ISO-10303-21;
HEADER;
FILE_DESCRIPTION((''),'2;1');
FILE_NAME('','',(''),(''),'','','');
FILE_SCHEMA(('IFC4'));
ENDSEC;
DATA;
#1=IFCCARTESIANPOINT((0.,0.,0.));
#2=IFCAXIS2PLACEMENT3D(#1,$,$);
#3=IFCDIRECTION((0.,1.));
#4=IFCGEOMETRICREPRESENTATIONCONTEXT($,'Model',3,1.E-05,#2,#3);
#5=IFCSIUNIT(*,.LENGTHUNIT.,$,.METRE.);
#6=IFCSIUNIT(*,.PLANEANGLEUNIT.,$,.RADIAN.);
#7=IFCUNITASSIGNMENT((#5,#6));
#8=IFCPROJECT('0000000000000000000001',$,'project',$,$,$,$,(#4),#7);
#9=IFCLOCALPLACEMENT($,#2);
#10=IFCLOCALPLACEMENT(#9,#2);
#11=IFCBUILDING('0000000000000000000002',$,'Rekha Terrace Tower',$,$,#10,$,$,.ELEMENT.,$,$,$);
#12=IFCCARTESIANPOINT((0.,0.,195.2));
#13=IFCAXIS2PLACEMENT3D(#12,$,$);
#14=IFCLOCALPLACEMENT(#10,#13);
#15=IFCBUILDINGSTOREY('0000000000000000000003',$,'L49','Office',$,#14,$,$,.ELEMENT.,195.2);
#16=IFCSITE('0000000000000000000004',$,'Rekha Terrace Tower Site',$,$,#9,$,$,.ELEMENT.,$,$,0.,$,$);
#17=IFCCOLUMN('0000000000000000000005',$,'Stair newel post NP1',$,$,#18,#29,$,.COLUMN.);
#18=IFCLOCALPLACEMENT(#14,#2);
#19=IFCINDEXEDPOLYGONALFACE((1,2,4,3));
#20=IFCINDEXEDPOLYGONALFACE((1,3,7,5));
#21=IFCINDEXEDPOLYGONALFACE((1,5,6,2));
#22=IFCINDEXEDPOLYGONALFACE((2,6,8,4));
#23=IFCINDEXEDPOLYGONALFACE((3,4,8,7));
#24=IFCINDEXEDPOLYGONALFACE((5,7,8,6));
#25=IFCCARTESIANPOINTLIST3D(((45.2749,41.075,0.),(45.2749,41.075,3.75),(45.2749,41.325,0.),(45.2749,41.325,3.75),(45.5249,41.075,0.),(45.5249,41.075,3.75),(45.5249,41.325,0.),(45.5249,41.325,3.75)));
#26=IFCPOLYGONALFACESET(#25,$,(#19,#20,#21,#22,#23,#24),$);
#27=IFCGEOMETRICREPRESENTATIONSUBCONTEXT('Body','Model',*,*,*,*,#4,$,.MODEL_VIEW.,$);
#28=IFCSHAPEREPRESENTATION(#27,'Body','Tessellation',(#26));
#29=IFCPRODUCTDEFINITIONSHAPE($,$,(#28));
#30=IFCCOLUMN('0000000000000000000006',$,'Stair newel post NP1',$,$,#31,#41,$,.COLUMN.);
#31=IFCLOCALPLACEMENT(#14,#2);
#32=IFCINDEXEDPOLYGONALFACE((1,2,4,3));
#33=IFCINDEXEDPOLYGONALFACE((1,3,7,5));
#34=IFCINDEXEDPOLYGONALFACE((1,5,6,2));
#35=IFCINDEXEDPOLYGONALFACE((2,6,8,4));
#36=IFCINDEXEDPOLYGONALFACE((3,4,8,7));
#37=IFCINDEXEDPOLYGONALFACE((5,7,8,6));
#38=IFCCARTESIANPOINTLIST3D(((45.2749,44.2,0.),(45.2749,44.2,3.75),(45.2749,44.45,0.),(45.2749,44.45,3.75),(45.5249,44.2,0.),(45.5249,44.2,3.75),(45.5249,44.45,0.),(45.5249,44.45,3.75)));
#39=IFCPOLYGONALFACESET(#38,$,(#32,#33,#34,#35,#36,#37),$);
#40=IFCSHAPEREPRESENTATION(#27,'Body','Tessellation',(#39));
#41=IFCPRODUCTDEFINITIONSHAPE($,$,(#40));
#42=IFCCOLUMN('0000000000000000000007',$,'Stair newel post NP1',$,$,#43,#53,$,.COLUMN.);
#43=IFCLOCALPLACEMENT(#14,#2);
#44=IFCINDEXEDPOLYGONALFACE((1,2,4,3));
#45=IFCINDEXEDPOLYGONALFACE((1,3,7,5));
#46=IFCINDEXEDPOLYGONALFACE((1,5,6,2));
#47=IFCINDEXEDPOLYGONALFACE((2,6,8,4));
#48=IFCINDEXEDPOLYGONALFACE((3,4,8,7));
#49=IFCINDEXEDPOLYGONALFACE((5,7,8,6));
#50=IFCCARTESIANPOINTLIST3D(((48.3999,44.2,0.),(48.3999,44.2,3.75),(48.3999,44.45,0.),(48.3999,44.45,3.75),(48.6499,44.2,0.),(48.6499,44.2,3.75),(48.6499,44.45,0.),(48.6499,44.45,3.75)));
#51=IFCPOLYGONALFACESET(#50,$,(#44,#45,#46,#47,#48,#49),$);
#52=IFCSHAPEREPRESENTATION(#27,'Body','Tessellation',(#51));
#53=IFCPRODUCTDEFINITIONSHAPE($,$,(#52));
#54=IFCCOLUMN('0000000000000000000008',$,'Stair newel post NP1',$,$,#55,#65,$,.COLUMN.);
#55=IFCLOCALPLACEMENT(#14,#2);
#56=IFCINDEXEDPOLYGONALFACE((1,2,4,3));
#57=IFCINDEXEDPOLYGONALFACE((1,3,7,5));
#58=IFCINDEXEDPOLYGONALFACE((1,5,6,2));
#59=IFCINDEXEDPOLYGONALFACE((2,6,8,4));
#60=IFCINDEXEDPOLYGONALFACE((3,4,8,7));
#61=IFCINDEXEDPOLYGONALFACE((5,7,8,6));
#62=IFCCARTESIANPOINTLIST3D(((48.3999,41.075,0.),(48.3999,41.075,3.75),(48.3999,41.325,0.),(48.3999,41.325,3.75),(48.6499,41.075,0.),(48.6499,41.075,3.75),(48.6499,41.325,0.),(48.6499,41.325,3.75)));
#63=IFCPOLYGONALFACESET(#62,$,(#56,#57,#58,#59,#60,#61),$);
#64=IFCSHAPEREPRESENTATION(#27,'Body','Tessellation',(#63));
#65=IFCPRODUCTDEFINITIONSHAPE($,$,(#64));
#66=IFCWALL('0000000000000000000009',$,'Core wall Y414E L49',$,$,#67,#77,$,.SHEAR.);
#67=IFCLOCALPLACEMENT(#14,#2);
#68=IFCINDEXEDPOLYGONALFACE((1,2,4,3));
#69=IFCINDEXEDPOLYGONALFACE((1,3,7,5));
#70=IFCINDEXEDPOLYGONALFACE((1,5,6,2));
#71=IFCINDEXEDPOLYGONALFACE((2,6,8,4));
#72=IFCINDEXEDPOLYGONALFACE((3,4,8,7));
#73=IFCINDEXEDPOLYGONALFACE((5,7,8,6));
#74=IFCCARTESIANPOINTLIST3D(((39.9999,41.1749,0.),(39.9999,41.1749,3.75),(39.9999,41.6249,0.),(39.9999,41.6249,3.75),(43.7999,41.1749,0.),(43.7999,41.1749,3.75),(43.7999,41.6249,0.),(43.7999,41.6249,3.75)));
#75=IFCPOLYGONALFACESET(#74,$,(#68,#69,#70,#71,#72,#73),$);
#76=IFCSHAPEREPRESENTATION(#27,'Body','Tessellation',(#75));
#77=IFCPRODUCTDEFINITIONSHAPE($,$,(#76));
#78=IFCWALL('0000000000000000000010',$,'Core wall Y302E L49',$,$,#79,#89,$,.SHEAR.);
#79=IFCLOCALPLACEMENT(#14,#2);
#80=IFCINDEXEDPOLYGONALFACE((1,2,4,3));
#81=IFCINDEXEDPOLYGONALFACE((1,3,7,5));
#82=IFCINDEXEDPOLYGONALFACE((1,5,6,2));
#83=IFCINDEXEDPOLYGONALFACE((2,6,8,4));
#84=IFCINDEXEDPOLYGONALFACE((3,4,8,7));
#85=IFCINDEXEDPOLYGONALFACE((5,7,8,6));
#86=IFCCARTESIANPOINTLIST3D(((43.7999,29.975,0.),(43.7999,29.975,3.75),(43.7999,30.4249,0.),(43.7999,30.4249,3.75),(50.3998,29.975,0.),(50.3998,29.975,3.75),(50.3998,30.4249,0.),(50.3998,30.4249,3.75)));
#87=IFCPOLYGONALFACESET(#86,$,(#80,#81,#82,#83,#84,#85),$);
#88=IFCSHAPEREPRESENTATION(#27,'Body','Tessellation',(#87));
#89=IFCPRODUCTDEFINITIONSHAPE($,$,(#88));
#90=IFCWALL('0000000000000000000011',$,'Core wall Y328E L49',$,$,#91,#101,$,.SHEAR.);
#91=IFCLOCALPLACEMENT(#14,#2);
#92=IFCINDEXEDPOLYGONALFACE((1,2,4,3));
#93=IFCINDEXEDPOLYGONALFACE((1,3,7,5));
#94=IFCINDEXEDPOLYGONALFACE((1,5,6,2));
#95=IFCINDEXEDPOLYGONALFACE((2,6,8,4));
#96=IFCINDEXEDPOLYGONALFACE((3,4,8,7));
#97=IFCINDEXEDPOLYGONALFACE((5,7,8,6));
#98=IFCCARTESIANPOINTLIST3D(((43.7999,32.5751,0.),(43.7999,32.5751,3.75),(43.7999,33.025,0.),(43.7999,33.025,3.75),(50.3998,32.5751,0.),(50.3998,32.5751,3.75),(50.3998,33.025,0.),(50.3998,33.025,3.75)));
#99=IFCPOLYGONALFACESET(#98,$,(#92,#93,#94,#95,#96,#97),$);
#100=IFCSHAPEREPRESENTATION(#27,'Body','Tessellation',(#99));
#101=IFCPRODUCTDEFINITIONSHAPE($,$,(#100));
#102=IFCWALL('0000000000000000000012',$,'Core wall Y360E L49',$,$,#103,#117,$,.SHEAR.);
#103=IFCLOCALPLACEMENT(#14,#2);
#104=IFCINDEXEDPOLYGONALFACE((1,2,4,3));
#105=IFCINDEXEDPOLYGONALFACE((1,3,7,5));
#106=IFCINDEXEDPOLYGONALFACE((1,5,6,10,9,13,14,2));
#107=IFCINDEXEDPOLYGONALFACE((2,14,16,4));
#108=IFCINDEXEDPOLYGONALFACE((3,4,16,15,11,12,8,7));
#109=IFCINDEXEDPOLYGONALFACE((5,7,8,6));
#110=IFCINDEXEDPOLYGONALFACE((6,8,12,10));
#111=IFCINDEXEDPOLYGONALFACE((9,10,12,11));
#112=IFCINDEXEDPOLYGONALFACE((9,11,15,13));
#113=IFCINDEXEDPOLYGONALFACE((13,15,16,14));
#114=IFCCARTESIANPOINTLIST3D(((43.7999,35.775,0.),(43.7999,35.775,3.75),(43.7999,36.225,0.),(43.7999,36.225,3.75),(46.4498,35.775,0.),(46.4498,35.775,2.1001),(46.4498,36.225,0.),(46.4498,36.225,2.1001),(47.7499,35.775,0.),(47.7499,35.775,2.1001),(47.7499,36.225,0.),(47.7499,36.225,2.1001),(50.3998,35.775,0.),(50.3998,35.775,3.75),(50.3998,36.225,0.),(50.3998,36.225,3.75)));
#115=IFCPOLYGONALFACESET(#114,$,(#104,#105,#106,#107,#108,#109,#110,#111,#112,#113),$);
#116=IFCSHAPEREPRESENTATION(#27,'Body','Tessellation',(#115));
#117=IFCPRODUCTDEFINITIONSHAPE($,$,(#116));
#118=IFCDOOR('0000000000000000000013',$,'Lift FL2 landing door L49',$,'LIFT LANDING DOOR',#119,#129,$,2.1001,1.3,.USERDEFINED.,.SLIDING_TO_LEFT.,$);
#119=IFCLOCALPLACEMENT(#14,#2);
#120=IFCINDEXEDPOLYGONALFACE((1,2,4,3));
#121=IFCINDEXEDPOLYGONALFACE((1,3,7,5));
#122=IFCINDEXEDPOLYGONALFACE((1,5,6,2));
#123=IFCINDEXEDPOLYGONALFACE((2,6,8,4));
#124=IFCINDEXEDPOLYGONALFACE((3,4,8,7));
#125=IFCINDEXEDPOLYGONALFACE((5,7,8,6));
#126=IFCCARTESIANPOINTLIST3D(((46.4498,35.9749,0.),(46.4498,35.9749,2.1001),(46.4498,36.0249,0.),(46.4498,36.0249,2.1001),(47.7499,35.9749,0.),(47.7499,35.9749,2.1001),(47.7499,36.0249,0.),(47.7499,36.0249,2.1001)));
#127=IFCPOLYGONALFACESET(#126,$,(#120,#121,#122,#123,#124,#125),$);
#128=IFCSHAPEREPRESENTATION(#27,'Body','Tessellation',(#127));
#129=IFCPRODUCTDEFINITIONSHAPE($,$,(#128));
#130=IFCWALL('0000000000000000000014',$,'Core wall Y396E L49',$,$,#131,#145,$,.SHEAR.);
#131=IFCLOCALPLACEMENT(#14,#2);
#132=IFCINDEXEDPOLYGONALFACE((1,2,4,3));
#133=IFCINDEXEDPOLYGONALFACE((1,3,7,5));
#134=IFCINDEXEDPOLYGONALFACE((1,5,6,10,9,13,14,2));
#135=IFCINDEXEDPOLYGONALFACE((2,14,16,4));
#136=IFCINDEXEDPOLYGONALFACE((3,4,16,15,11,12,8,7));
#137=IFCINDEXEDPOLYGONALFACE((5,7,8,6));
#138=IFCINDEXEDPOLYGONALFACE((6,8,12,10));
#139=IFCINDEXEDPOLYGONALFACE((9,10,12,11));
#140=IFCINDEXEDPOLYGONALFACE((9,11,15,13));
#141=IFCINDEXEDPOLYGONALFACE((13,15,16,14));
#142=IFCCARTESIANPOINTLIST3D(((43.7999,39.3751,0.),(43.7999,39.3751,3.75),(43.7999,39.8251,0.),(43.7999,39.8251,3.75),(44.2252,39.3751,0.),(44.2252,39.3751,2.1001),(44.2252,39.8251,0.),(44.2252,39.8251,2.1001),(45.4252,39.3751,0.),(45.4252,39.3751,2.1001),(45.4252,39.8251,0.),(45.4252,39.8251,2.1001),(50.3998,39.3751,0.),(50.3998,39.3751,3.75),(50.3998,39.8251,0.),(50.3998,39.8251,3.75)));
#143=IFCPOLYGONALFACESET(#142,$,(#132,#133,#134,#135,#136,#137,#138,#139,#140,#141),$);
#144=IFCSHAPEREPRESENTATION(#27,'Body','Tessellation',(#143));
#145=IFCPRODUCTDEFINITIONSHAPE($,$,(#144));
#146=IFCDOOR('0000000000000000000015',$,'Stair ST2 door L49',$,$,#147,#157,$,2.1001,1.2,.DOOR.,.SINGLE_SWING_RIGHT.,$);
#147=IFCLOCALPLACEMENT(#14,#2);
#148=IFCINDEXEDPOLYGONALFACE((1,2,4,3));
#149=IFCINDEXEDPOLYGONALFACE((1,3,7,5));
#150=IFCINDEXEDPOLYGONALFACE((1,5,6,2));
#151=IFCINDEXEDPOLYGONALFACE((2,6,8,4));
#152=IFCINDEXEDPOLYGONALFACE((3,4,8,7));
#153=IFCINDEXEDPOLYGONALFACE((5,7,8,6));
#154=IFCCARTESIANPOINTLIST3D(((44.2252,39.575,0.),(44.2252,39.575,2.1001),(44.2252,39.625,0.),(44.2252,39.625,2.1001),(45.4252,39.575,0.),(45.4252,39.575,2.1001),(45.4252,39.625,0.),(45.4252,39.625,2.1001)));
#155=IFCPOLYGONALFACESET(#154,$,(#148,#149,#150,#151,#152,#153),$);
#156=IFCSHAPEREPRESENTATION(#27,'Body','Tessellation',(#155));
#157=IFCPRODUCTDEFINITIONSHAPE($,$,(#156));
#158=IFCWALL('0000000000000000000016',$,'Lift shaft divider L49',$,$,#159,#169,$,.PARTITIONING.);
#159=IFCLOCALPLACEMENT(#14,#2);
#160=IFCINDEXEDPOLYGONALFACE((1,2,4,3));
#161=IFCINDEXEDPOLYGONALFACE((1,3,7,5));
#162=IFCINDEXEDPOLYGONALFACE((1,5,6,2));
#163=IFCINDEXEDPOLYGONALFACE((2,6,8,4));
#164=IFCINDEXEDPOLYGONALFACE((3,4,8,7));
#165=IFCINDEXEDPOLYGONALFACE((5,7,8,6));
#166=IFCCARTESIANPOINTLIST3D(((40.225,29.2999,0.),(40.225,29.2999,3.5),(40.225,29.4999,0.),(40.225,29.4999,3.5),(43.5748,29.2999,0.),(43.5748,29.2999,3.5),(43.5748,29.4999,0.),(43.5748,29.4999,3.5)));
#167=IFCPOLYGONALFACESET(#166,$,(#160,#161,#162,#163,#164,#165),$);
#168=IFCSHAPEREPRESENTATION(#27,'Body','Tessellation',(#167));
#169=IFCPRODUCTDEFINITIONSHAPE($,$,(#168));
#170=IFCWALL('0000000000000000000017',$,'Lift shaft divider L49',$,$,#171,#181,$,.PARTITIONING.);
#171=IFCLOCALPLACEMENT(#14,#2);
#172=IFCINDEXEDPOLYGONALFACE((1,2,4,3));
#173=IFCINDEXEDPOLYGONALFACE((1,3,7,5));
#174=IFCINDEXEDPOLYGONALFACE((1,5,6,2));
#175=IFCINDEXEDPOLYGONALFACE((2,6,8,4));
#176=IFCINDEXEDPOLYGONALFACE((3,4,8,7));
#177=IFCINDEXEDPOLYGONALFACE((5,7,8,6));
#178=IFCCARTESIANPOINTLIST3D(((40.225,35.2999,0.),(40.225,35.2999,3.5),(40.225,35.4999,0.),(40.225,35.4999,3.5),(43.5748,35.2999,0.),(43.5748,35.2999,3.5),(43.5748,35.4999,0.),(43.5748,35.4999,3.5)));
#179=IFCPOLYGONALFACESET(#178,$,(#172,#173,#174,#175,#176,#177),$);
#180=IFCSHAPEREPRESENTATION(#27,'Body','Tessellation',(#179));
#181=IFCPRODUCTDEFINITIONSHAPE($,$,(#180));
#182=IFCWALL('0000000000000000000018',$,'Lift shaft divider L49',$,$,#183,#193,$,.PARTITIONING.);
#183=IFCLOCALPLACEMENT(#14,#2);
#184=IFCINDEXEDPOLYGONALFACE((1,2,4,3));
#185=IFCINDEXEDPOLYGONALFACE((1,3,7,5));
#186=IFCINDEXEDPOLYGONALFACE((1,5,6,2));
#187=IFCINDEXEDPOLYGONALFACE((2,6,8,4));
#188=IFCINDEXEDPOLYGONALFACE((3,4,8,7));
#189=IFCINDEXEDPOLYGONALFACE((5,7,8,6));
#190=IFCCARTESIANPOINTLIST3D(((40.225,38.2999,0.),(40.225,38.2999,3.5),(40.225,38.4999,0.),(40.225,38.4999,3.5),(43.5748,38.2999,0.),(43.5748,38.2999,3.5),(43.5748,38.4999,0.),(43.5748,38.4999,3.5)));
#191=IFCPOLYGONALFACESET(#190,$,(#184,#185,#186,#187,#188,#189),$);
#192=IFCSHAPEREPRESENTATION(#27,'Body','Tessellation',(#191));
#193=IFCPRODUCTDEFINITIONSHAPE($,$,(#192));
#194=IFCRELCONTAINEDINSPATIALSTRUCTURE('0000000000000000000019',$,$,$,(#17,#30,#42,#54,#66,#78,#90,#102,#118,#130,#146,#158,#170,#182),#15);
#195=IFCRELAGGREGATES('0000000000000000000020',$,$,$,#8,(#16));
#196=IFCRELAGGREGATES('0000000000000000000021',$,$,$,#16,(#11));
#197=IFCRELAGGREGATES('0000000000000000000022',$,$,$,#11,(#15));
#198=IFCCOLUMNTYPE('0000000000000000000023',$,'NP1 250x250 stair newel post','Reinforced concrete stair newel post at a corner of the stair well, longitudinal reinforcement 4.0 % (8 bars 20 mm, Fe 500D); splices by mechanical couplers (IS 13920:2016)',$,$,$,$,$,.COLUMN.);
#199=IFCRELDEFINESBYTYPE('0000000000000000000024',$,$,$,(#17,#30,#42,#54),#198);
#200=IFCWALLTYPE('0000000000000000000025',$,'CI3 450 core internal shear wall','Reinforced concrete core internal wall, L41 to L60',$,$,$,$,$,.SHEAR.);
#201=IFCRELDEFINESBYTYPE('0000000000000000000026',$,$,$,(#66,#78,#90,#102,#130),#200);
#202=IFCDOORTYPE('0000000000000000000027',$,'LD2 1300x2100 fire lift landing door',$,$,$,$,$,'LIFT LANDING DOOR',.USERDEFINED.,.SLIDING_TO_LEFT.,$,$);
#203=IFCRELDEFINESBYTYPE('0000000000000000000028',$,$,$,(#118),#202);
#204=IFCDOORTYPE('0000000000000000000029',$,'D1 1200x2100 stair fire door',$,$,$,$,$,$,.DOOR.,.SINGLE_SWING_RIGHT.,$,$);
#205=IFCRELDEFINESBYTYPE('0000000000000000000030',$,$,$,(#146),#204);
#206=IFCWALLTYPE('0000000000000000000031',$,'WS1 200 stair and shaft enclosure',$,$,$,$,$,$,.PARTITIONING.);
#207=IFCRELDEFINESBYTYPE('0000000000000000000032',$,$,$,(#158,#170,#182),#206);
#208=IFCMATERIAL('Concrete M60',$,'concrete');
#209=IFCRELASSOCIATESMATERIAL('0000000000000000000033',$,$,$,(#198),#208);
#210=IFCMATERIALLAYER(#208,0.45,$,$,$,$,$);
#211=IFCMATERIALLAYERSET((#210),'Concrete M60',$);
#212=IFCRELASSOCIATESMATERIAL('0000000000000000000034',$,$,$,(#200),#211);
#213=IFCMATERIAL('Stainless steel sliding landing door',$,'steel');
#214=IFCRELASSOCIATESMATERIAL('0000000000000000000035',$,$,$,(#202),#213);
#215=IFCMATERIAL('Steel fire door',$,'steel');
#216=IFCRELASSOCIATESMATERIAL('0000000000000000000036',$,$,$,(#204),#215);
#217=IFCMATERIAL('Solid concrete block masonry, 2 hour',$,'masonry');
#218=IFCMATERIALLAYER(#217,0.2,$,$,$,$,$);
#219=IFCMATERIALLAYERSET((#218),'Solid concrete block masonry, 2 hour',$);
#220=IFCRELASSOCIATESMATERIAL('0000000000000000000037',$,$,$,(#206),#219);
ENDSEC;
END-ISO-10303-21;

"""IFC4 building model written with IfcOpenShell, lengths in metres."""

from ifc_helpers import new_model, si_unit, direction, frame, frame_2d, origin, origin_2d, place, context, subcontext, project, spatial, rectangle, extrude, material, layer, layer_set, material_profile, profile_set, type_object, element, fill, save


model = new_model("IFC4")

# Units and contexts
model_context = context("Model", 3, precision=1e-05, world=origin(), true_north=direction((0.0, 1.0)))
body_context = subcontext(model_context, "Body", "Model", "MODEL_VIEW")
ifc_project = project(units=[si_unit("LENGTHUNIT", "METRE"), si_unit("PLANEANGLEUNIT", "RADIAN")], contexts=[model_context])

# Site, building, storey
site_placement = place(None, origin())
site = spatial("IfcSite", under=ifc_project, at=site_placement, Name="Rekha Terrace Tower Site", CompositionType="ELEMENT", RefElevation=0.0)
building_placement = place(site_placement, origin())
building = spatial("IfcBuilding", under=site, at=building_placement, Name="Rekha Terrace Tower", CompositionType="ELEMENT")
storey_placement = place(building_placement, frame((0.0, 0.0, 195.2)))
storey = spatial("IfcBuildingStorey", under=building, at=storey_placement, Name="L49", Description="Office", CompositionType="ELEMENT", Elevation=195.2)

# Columns
ifc_material_1 = material(Name="Concrete M60", Category="concrete")
ifc_material_profile = material_profile(ifc_material_1, rectangle(XDim=0.25, YDim=0.25, at=origin_2d()), Name="RC 250x250")
ifc_profile_set = profile_set([ifc_material_profile], Name="Concrete M60")
column_type = type_object("IfcColumnType", Name="NP1 250x250 stair newel post", Description="Reinforced concrete stair newel post at a corner of the stair well, longitudinal reinforcement 4.0 % (8 bars 20 mm, Fe 500D); splices by mechanical couplers (IS 13920:2016)", PredefinedType="COLUMN", material=ifc_profile_set)
for number, where, z_axis, x_axis, name in (
    (1, (45.3999, 41.2, 0.0), (0.0, 0.0, 1.0), (1.0, 0.0, 0.0), "Stair newel post NP1"),
    (2, (45.3999, 44.325, 0.0), (0.0, 0.0, 1.0), (1.0, 0.0, 0.0), "Stair newel post NP1"),
    (3, (48.5249, 44.325, 0.0), (0.0, 0.0, 1.0), (1.0, 0.0, 0.0), "Stair newel post NP1"),
    (4, (48.5249, 41.2, 0.0), (0.0, 0.0, 1.0), (1.0, 0.0, 0.0), "Stair newel post NP1"),
):
    element("IfcColumn", number, at=place(storey_placement, frame(where, z_axis=z_axis, x_axis=x_axis)), inside=storey, type_object=column_type, Name=name, PredefinedType="COLUMN", context=body_context, shape_type="SweptSolid", body=[
        extrude(rectangle(XDim=0.25, YDim=0.25, at=origin_2d()), origin(), (0.0, 0.0, 1.0), 3.75),
    ])

# Walls
ifc_layer_1 = layer(ifc_material_1, 0.45)
ifc_layer_set_1 = layer_set([ifc_layer_1], Name="Concrete M60")
wall_type_1 = type_object("IfcWallType", Name="CI3 450 core internal shear wall", Description="Reinforced concrete core internal wall, L41 to L60", PredefinedType="SHEAR", material=ifc_layer_set_1)
wall_1_placement = place(storey_placement, frame((40.0, 41.3999, 0.0), z_axis=(0.0, 0.0, 1.0), x_axis=(1.0, 0.0, 0.0)))
element("IfcWall", 5, at=wall_1_placement, inside=storey, type_object=wall_type_1, Name="Core wall Y414E L49", PredefinedType="SHEAR", context=body_context, shape_type="SweptSolid", body=[
    extrude(rectangle(XDim=3.8, YDim=0.45, at=frame_2d((1.8999, 0.0))), origin(), (0.0, 0.0, 1.0), 3.75),
])
for number, where, z_axis, x_axis, name in (
    (6, (43.8, 30.2, 0.0), (0.0, 0.0, 1.0), (1.0, 0.0, 0.0), "Core wall Y302E L49"),
    (7, (43.8, 32.8, 0.0), (0.0, 0.0, 1.0), (1.0, 0.0, 0.0), "Core wall Y328E L49"),
):
    element("IfcWall", number, at=place(storey_placement, frame(where, z_axis=z_axis, x_axis=x_axis)), inside=storey, type_object=wall_type_1, Name=name, PredefinedType="SHEAR", context=body_context, shape_type="SweptSolid", body=[
        extrude(rectangle(XDim=6.5999, YDim=0.45, at=frame_2d((3.2998, 0.0))), origin(), (0.0, 0.0, 1.0), 3.75),
    ])

# Walls, openings, doors
wall_2_placement = place(storey_placement, frame((43.8, 36.0, 0.0), z_axis=(0.0, 0.0, 1.0), x_axis=(1.0, 0.0, 0.0)))
wall_2 = element("IfcWall", 8, at=wall_2_placement, inside=storey, type_object=wall_type_1, Name="Core wall Y360E L49", PredefinedType="SHEAR", context=body_context, shape_type="SweptSolid", body=[
    extrude(rectangle(XDim=6.5999, YDim=0.45, at=frame_2d((3.2998, 0.0))), origin(), (0.0, 0.0, 1.0), 3.75),
])
opening_1_placement = place(wall_2_placement, frame((2.6499, 0.0, 0.0)))
opening_1 = element("IfcOpeningElement", 9, at=opening_1_placement, cuts=wall_2, PredefinedType="OPENING", context=body_context, shape_type="SweptSolid", body=[
    extrude(rectangle(XDim=1.3, YDim=2.1001, at=frame_2d((0.6499, 1.05))), frame((0.0, 0.2349, 0.0), z_axis=(0.0, -1.0, 0.0), x_axis=(1.0, 0.0, 0.0)), (0.0, 0.0, 1.0), 0.47),
])
ifc_material_2 = material(Name="Stainless steel sliding landing door", Category="steel")
door_type_1 = type_object("IfcDoorType", Name="LD2 1300x2100 fire lift landing door", ElementType="LIFT LANDING DOOR", OperationType="SLIDING_TO_LEFT", PredefinedType="USERDEFINED", material=ifc_material_2)
door_1_placement = place(opening_1_placement, origin())
door_1 = element("IfcDoor", 10, at=door_1_placement, inside=storey, type_object=door_type_1, Name="Lift FL2 landing door L49", ObjectType="LIFT LANDING DOOR", OperationType="SLIDING_TO_LEFT", OverallHeight=2.1001, OverallWidth=1.3, PredefinedType="USERDEFINED", context=body_context, shape_type="SweptSolid", body=[
    extrude(rectangle(XDim=1.3, YDim=2.1001, at=frame_2d((0.6499, 1.05))), frame((0.0, 0.0249, 0.0), z_axis=(0.0, -1.0, 0.0), x_axis=(1.0, 0.0, 0.0)), (0.0, 0.0, 1.0), 0.05),
])
fill(opening_1, door_1)
wall_3_placement = place(storey_placement, frame((43.8, 39.6001, 0.0), z_axis=(0.0, 0.0, 1.0), x_axis=(1.0, 0.0, 0.0)))
wall_3 = element("IfcWall", 11, at=wall_3_placement, inside=storey, type_object=wall_type_1, Name="Core wall Y396E L49", PredefinedType="SHEAR", context=body_context, shape_type="SweptSolid", body=[
    extrude(rectangle(XDim=6.5999, YDim=0.45, at=frame_2d((3.2998, 0.0))), origin(), (0.0, 0.0, 1.0), 3.75),
])
opening_2_placement = place(wall_3_placement, frame((0.425, 0.0, 0.0)))
opening_2 = element("IfcOpeningElement", 12, at=opening_2_placement, cuts=wall_3, PredefinedType="OPENING", context=body_context, shape_type="SweptSolid", body=[
    extrude(rectangle(XDim=1.2, YDim=2.1001, at=frame_2d((0.6001, 1.05))), frame((0.0, 0.2349, 0.0), z_axis=(0.0, -1.0, 0.0), x_axis=(1.0, 0.0, 0.0)), (0.0, 0.0, 1.0), 0.47),
])
ifc_material_3 = material(Name="Steel fire door", Category="steel")
door_type_2 = type_object("IfcDoorType", Name="D1 1200x2100 stair fire door", OperationType="SINGLE_SWING_RIGHT", PredefinedType="DOOR", material=ifc_material_3)
door_2_placement = place(opening_2_placement, origin())
door_2 = element("IfcDoor", 13, at=door_2_placement, inside=storey, type_object=door_type_2, Name="Stair ST2 door L49", OperationType="SINGLE_SWING_RIGHT", OverallHeight=2.1001, OverallWidth=1.2, PredefinedType="DOOR", context=body_context, shape_type="SweptSolid", body=[
    extrude(rectangle(XDim=1.2, YDim=2.1001, at=frame_2d((0.6001, 1.05))), frame((0.0, 0.0249, 0.0), z_axis=(0.0, -1.0, 0.0), x_axis=(1.0, 0.0, 0.0)), (0.0, 0.0, 1.0), 0.05),
])
fill(opening_2, door_2)

# Walls
ifc_material_4 = material(Name="Solid concrete block masonry, 2 hour", Category="masonry")
ifc_layer_2 = layer(ifc_material_4, 0.2)
ifc_layer_set_2 = layer_set([ifc_layer_2], Name="Solid concrete block masonry, 2 hour")
wall_type_2 = type_object("IfcWallType", Name="WS1 200 stair and shaft enclosure", PredefinedType="PARTITIONING", material=ifc_layer_set_2)
for number, where, z_axis, x_axis, name in (
    (14, (40.2251, 29.3999, 0.0), (0.0, 0.0, 1.0), (1.0, 0.0, 0.0), "Lift shaft divider L49"),
    (15, (40.2251, 35.3999, 0.0), (0.0, 0.0, 1.0), (1.0, 0.0, 0.0), "Lift shaft divider L49"),
    (16, (40.2251, 38.3999, 0.0), (0.0, 0.0, 1.0), (1.0, 0.0, 0.0), "Lift shaft divider L49"),
):
    element("IfcWall", number, at=place(storey_placement, frame(where, z_axis=z_axis, x_axis=x_axis)), inside=storey, type_object=wall_type_2, Name=name, PredefinedType="PARTITIONING", context=body_context, shape_type="SweptSolid", body=[
        extrude(rectangle(XDim=3.3499, YDim=0.2, at=frame_2d((1.6748, 0.0))), origin(), (0.0, 0.0, 1.0), 3.5),
    ])

save(model, "model.ifc")
